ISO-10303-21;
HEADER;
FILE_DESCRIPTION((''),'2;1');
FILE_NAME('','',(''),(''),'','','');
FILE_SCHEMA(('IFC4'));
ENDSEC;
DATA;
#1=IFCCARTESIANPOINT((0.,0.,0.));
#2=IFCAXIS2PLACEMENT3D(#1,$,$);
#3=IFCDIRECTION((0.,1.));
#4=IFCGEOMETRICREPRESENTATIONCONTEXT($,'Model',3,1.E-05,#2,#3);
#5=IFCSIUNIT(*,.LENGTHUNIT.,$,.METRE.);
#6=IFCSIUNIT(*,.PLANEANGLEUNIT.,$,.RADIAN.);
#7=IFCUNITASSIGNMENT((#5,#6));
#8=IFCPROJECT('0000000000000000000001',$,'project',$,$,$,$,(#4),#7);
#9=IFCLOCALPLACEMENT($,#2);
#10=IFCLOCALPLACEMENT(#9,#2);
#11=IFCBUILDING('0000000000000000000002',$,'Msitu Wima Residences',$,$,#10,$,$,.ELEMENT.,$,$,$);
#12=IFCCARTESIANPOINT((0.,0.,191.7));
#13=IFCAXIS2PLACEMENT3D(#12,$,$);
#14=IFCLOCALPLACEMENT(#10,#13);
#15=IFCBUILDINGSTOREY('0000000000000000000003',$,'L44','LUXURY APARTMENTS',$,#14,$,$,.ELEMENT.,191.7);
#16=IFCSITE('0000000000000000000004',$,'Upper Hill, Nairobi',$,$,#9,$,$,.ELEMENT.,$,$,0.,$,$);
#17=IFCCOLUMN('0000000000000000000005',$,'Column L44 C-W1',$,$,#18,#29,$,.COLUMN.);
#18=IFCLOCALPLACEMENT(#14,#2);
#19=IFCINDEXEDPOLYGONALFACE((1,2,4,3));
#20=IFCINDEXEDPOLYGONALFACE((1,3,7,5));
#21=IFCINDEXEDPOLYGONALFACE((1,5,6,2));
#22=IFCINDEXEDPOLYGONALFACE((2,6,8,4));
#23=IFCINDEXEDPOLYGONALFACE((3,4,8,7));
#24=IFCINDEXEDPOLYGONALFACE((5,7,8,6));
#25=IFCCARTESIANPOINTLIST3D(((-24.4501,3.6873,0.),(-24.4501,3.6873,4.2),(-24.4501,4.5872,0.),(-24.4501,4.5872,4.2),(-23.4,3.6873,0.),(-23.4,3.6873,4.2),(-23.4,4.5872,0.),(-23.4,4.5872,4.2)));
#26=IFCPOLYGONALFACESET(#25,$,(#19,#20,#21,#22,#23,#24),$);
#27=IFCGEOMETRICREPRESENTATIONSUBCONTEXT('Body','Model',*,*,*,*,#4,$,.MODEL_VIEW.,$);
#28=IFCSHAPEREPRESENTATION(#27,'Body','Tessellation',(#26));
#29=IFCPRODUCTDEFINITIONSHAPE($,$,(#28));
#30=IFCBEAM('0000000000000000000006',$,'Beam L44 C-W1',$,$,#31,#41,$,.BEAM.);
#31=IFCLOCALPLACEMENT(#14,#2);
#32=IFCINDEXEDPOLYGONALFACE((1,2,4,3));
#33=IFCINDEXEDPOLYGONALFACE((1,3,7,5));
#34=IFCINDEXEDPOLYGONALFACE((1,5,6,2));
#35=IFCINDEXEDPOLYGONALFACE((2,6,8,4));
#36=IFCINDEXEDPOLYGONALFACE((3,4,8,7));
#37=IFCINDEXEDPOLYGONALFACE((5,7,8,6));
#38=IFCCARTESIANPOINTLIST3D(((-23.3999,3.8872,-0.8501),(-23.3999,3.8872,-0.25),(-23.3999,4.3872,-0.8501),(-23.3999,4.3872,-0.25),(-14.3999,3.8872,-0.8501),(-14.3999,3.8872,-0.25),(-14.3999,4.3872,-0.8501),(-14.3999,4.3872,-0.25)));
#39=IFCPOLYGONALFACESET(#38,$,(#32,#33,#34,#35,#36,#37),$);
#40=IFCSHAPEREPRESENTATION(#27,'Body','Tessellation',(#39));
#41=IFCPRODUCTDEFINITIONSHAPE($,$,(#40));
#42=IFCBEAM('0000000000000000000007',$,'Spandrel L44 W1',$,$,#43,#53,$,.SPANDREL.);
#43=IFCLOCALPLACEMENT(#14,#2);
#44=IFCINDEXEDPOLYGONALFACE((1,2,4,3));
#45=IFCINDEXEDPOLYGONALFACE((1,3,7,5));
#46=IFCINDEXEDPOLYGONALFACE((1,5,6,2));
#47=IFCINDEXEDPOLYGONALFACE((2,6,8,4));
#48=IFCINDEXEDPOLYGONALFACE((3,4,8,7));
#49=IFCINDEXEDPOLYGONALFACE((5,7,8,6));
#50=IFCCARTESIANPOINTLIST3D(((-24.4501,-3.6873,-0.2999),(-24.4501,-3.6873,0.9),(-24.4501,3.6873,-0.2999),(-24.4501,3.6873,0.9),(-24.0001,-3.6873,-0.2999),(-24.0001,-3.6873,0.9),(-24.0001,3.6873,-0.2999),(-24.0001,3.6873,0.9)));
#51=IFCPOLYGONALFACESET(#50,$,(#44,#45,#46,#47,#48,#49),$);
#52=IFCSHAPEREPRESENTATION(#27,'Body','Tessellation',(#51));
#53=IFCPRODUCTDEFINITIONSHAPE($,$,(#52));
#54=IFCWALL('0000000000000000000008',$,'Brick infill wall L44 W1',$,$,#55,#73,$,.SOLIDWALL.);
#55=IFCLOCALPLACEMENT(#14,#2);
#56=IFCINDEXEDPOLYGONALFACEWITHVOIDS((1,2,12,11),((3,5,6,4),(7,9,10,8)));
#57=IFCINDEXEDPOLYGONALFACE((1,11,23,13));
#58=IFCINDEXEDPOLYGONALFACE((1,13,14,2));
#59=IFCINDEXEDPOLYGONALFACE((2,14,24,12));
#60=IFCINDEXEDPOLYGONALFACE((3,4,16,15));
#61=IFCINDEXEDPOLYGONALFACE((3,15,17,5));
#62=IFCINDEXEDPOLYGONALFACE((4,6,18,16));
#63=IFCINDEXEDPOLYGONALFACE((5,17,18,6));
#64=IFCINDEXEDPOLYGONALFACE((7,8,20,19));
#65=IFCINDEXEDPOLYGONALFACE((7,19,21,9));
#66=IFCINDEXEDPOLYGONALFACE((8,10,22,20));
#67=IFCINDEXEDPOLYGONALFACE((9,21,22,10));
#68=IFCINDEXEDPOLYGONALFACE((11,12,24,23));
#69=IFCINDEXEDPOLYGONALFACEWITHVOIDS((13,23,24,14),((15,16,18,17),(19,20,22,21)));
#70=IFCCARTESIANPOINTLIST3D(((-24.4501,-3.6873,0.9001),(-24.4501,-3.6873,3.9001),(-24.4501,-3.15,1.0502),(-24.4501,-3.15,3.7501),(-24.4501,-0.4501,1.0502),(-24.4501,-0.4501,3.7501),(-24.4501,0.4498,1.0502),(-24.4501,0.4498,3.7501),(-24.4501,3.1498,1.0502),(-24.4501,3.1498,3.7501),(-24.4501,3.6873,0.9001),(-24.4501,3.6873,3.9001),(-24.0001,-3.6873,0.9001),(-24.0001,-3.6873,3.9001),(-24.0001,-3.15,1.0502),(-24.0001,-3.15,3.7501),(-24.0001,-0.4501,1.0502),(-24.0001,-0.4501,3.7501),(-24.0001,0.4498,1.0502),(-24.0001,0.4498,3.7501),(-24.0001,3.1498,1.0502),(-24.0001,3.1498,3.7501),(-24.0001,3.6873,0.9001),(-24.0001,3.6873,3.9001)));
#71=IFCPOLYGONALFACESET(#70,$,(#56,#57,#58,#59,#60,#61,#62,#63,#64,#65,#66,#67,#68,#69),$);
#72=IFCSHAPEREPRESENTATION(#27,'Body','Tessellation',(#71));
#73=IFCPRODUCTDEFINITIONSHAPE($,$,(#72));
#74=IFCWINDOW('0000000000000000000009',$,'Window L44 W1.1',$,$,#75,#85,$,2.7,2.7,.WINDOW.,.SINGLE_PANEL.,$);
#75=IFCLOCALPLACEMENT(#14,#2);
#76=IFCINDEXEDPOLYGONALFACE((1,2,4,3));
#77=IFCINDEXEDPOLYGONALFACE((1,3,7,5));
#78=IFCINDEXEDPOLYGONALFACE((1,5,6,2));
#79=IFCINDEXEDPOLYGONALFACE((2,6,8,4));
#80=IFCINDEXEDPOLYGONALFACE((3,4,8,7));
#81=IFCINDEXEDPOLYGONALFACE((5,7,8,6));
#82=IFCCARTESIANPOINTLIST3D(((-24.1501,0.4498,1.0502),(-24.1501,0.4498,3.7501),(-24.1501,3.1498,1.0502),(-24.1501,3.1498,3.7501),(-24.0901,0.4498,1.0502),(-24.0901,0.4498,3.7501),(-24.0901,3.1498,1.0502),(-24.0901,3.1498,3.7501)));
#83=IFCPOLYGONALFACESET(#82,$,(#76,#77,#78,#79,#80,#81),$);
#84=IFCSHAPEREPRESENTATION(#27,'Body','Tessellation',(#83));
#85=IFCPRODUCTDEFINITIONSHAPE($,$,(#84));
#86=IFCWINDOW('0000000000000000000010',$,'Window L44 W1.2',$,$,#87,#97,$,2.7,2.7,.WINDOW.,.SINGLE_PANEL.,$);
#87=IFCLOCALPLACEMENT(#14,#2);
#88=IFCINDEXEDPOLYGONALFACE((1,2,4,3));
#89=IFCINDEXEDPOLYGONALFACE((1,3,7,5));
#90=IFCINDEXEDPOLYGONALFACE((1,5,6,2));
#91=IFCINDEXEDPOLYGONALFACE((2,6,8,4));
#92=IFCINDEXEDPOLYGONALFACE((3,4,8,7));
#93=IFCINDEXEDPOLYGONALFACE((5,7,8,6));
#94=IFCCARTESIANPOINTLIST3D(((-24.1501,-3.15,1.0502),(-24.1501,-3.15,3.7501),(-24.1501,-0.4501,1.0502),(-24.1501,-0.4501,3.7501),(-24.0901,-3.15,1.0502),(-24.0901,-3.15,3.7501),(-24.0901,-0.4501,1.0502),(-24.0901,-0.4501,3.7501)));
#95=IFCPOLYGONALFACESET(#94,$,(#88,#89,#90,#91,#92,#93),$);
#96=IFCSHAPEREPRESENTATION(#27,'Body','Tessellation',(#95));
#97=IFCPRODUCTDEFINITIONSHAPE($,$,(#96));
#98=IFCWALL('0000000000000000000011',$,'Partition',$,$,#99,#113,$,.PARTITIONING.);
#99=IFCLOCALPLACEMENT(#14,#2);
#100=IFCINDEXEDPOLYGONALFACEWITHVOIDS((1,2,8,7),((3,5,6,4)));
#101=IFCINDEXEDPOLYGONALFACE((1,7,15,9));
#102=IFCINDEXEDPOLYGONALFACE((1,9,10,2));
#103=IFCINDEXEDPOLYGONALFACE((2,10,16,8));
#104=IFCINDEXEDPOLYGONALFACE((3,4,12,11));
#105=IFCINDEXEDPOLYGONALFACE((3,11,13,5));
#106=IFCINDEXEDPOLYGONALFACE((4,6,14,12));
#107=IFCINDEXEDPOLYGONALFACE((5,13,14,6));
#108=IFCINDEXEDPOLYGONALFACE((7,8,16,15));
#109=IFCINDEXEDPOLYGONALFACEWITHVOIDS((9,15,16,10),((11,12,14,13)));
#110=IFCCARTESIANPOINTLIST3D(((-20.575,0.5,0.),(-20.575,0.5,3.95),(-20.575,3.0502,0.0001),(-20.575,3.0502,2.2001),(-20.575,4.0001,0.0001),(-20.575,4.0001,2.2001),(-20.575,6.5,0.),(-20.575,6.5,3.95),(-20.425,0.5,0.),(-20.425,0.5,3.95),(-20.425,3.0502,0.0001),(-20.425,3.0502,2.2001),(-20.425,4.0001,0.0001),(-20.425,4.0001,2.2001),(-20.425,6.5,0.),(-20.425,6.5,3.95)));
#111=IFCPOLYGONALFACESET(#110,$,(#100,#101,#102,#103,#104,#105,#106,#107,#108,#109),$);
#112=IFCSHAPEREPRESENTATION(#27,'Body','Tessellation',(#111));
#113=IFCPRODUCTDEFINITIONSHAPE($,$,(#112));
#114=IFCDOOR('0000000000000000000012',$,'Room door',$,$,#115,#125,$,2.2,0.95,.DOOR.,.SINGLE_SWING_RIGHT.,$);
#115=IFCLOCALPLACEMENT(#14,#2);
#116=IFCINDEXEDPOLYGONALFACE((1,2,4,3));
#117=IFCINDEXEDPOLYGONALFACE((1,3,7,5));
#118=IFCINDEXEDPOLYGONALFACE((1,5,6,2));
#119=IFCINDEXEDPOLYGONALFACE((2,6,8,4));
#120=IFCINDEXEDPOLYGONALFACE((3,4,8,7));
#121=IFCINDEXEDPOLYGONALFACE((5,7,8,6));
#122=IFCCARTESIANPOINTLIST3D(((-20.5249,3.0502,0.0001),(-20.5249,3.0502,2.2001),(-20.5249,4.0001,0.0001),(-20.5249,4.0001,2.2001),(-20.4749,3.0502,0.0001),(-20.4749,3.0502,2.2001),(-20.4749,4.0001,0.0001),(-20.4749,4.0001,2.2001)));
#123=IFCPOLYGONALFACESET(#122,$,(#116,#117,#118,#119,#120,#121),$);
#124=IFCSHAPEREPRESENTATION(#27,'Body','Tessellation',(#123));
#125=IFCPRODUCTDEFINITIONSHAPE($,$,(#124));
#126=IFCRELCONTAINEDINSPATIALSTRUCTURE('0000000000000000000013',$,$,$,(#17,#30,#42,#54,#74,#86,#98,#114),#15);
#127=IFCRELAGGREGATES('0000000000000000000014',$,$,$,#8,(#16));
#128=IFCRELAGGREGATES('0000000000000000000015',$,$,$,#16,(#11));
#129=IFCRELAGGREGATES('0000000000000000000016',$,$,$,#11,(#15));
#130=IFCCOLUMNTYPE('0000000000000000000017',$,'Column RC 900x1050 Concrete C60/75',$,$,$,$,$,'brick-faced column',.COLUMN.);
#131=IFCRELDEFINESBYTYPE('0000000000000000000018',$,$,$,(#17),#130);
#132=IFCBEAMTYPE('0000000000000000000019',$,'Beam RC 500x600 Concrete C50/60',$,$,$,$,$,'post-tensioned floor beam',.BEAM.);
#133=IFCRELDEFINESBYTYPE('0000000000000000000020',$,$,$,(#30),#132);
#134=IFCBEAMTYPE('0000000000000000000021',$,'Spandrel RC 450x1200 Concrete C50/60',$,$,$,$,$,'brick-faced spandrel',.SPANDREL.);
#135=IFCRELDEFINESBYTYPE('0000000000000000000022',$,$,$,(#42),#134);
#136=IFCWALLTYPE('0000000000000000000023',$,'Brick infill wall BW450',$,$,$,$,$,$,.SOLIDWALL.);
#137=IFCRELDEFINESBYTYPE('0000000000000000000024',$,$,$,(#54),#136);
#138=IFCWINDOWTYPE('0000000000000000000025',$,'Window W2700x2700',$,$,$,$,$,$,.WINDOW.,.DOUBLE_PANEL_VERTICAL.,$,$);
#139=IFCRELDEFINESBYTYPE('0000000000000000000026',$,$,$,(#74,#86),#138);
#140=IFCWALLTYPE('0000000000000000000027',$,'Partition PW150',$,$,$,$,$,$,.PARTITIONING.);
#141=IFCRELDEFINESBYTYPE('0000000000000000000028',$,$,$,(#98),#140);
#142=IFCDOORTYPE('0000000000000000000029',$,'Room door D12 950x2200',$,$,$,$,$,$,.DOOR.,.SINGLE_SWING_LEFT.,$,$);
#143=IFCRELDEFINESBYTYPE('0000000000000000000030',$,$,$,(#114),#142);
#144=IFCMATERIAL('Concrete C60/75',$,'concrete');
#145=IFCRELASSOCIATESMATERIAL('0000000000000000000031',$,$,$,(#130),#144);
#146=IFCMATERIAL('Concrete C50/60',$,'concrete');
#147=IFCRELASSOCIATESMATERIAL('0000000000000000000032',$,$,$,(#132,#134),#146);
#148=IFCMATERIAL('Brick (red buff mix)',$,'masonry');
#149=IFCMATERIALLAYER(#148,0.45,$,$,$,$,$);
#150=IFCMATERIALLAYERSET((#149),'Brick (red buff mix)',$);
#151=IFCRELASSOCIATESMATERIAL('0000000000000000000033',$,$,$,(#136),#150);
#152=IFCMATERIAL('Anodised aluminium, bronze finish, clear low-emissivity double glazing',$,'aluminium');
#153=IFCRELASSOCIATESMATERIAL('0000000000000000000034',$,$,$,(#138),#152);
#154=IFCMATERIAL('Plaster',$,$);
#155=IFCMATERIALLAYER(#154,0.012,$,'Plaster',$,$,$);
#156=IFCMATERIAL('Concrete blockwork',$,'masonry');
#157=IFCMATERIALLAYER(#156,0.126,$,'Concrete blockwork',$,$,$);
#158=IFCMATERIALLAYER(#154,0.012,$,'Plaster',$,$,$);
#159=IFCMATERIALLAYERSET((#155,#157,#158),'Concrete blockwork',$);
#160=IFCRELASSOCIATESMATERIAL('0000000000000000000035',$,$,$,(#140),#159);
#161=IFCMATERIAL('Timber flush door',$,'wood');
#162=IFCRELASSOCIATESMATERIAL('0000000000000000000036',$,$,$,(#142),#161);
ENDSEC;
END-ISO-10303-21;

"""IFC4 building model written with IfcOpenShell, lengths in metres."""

from ifc_helpers import new_model, si_unit, direction, frame, frame_2d, origin, origin_2d, place, context, subcontext, project, spatial, rectangle, extrude, material, layer, layer_set, material_profile, profile_set, type_object, element, fill, save


model = new_model("IFC4")

# Units and contexts
model_context = context("Model", 3, precision=1e-05, world=origin(), true_north=direction((0.0, 1.0)))
body_context = subcontext(model_context, "Body", "Model", "MODEL_VIEW")
ifc_project = project(units=[si_unit("LENGTHUNIT", "METRE"), si_unit("PLANEANGLEUNIT", "RADIAN")], contexts=[model_context])

# Site, building, storey
site_placement = place(None, origin())
site = spatial("IfcSite", under=ifc_project, at=site_placement, Name="Upper Hill, Nairobi", CompositionType="ELEMENT", RefElevation=0.0)
building_placement = place(site_placement, origin())
building = spatial("IfcBuilding", under=site, at=building_placement, Name="Msitu Wima Residences", CompositionType="ELEMENT")
storey_placement = place(building_placement, frame((0.0, 0.0, 191.7)))
storey = spatial("IfcBuildingStorey", under=building, at=storey_placement, Name="L44", Description="LUXURY APARTMENTS", CompositionType="ELEMENT", Elevation=191.7)

# Column
ifc_material_1 = material(Name="Concrete C60/75", Category="concrete")
ifc_material_profile_1 = material_profile(ifc_material_1, rectangle(XDim=0.8999, YDim=1.05, at=origin_2d()), Name="RC 900x1050")
ifc_profile_set_1 = profile_set([ifc_material_profile_1], Name="Concrete C60/75")
column_type = type_object("IfcColumnType", Name="Column RC 900x1050 Concrete C60/75", ElementType="brick-faced column", PredefinedType="COLUMN", material=ifc_profile_set_1)
column_placement = place(storey_placement, frame((-23.925, 4.1372, 0.0), z_axis=(0.0, 0.0, 1.0), x_axis=(0.0, -1.0, 0.0)))
element("IfcColumn", 1, at=column_placement, inside=storey, type_object=column_type, Name="Column L44 C-W1", PredefinedType="COLUMN", context=body_context, shape_type="SweptSolid", body=[
    extrude(rectangle(XDim=0.8999, YDim=1.05, at=origin_2d()), origin(), (0.0, 0.0, 1.0), 4.2),
])

# Beams
ifc_material_2 = material(Name="Concrete C50/60", Category="concrete")
ifc_material_profile_2 = material_profile(ifc_material_2, rectangle(XDim=0.5, YDim=0.6001, at=origin_2d()), Name="RC 500x600")
ifc_profile_set_2 = profile_set([ifc_material_profile_2], Name="Concrete C50/60")
beam_type_1 = type_object("IfcBeamType", Name="Beam RC 500x600 Concrete C50/60", ElementType="post-tensioned floor beam", PredefinedType="BEAM", material=ifc_profile_set_2)
beam_1_placement = place(storey_placement, frame((-23.3999, 4.1372, -0.55), z_axis=(1.0, 0.0, 0.0), x_axis=(0.0, 1.0, 0.0)))
element("IfcBeam", 2, at=beam_1_placement, inside=storey, type_object=beam_type_1, Name="Beam L44 C-W1", PredefinedType="BEAM", context=body_context, shape_type="SweptSolid", body=[
    extrude(rectangle(XDim=0.5, YDim=0.6001, at=origin_2d()), origin(), (0.0, 0.0, 1.0), 9.0),
])
ifc_material_profile_3 = material_profile(ifc_material_2, rectangle(XDim=0.45, YDim=1.2, at=origin_2d()), Name="RC 450x1200")
ifc_profile_set_3 = profile_set([ifc_material_profile_3], Name="Concrete C50/60")
beam_type_2 = type_object("IfcBeamType", Name="Spandrel RC 450x1200 Concrete C50/60", ElementType="brick-faced spandrel", PredefinedType="SPANDREL", material=ifc_profile_set_3)
beam_2_placement = place(storey_placement, frame((-24.2251, 3.6873, 0.3), z_axis=(0.0, -1.0, 0.0), x_axis=(1.0, 0.0, 0.0)))
element("IfcBeam", 3, at=beam_2_placement, inside=storey, type_object=beam_type_2, Name="Spandrel L44 W1", PredefinedType="SPANDREL", context=body_context, shape_type="SweptSolid", body=[
    extrude(rectangle(XDim=0.45, YDim=1.2, at=origin_2d()), origin(), (0.0, 0.0, 1.0), 7.3745),
])

# Wall, openings, windows
ifc_material_3 = material(Name="Brick (red buff mix)", Category="masonry")
ifc_layer_1 = layer(ifc_material_3, 0.45)
ifc_layer_set_1 = layer_set([ifc_layer_1], Name="Brick (red buff mix)")
wall_type_1 = type_object("IfcWallType", Name="Brick infill wall BW450", PredefinedType="SOLIDWALL", material=ifc_layer_set_1)
wall_1_placement = place(storey_placement, frame((-24.2251, 3.6873, 0.9001), z_axis=(0.0, 0.0, 1.0), x_axis=(0.0, -1.0, 0.0)))
wall_1 = element("IfcWall", 4, at=wall_1_placement, inside=storey, type_object=wall_type_1, Name="Brick infill wall L44 W1", PredefinedType="SOLIDWALL", context=body_context, shape_type="SweptSolid", body=[
    extrude(rectangle(XDim=7.3745, YDim=0.45, at=frame_2d((3.6873, 0.0))), origin(), (0.0, 0.0, 1.0), 3.0),
])
opening_1_placement = place(wall_1_placement, frame((0.5374, 0.0, 0.1499)))
opening_1 = element("IfcOpeningElement", 5, at=opening_1_placement, cuts=wall_1, PredefinedType="OPENING", context=body_context, shape_type="SweptSolid", body=[
    extrude(rectangle(XDim=2.7, YDim=2.7, at=frame_2d((1.3501, 1.3501))), frame((0.0, 0.2349, 0.0), z_axis=(0.0, -1.0, 0.0), x_axis=(1.0, 0.0, 0.0)), (0.0, 0.0, 1.0), 0.47),
])
opening_2_placement = place(wall_1_placement, frame((4.1372, 0.0, 0.1499)))
opening_2 = element("IfcOpeningElement", 6, at=opening_2_placement, cuts=wall_1, PredefinedType="OPENING", context=body_context, shape_type="SweptSolid", body=[
    extrude(rectangle(XDim=2.7, YDim=2.7, at=frame_2d((1.3501, 1.3501))), frame((0.0, 0.2349, 0.0), z_axis=(0.0, -1.0, 0.0), x_axis=(1.0, 0.0, 0.0)), (0.0, 0.0, 1.0), 0.47),
])
ifc_material_4 = material(Name="Anodised aluminium, bronze finish, clear low-emissivity double glazing", Category="aluminium")
window_type = type_object("IfcWindowType", Name="Window W2700x2700", PartitioningType="DOUBLE_PANEL_VERTICAL", PredefinedType="WINDOW", material=ifc_material_4)
window_1_placement = place(opening_1_placement, origin())
window_1 = element("IfcWindow", 7, at=window_1_placement, inside=storey, type_object=window_type, Name="Window L44 W1.1", OverallHeight=2.7, OverallWidth=2.7, PartitioningType="SINGLE_PANEL", PredefinedType="WINDOW", context=body_context, shape_type="SweptSolid", body=[
    extrude(rectangle(XDim=2.7, YDim=2.7, at=frame_2d((1.3501, 1.3501))), frame((0.0, 0.135, 0.0), z_axis=(0.0, -1.0, 0.0), x_axis=(1.0, 0.0, 0.0)), (0.0, 0.0, 1.0), 0.0601),
])
fill(opening_1, window_1)
window_2_placement = place(opening_2_placement, origin())
window_2 = element("IfcWindow", 8, at=window_2_placement, inside=storey, type_object=window_type, Name="Window L44 W1.2", OverallHeight=2.7, OverallWidth=2.7, PartitioningType="SINGLE_PANEL", PredefinedType="WINDOW", context=body_context, shape_type="SweptSolid", body=[
    extrude(rectangle(XDim=2.7, YDim=2.7, at=frame_2d((1.3501, 1.3501))), frame((0.0, 0.135, 0.0), z_axis=(0.0, -1.0, 0.0), x_axis=(1.0, 0.0, 0.0)), (0.0, 0.0, 1.0), 0.0601),
])
fill(opening_2, window_2)

# Wall, opening, door
ifc_material_5 = material(Name="Plaster")
ifc_layer_2 = layer(ifc_material_5, 0.012, Name="Plaster")
ifc_material_6 = material(Name="Concrete blockwork", Category="masonry")
ifc_layer_3 = layer(ifc_material_6, 0.126, Name="Concrete blockwork")
ifc_layer_4 = layer(ifc_material_5, 0.012, Name="Plaster")
ifc_layer_set_2 = layer_set([ifc_layer_2, ifc_layer_3, ifc_layer_4], Name="Concrete blockwork")
wall_type_2 = type_object("IfcWallType", Name="Partition PW150", PredefinedType="PARTITIONING", material=ifc_layer_set_2)
wall_2_placement = place(storey_placement, frame((-20.5, 0.5, 0.0), z_axis=(0.0, 0.0, 1.0), x_axis=(0.0, 1.0, 0.0)))
wall_2 = element("IfcWall", 9, at=wall_2_placement, inside=storey, type_object=wall_type_2, Name="Partition", PredefinedType="PARTITIONING", context=body_context, shape_type="SweptSolid", body=[
    extrude(rectangle(XDim=6.0, YDim=0.1499, at=frame_2d((3.0, 0.0))), origin(), (0.0, 0.0, 1.0), 3.95),
])
opening_3_placement = place(wall_2_placement, frame((2.55, 0.0, 0.0)))
opening_3 = element("IfcOpeningElement", 10, at=opening_3_placement, cuts=wall_2, PredefinedType="OPENING", context=body_context, shape_type="SweptSolid", body=[
    extrude(rectangle(XDim=0.95, YDim=2.2, at=frame_2d((0.4751, 1.1001))), frame((0.0, 0.085, 0.0), z_axis=(0.0, -1.0, 0.0), x_axis=(1.0, 0.0, 0.0)), (0.0, 0.0, 1.0), 0.1699),
])
ifc_material_7 = material(Name="Timber flush door", Category="wood")
door_type_1 = type_object("IfcDoorType", Name="Room door D12 950x2200", OperationType="SINGLE_SWING_LEFT", PredefinedType="DOOR", material=ifc_material_7)
door_1_placement = place(opening_3_placement, origin())
door_1 = element("IfcDoor", 11, at=door_1_placement, inside=storey, type_object=door_type_1, Name="Room door", OperationType="SINGLE_SWING_RIGHT", OverallHeight=2.2, OverallWidth=0.95, PredefinedType="DOOR", context=body_context, shape_type="SweptSolid", body=[
    extrude(rectangle(XDim=0.95, YDim=2.2, at=frame_2d((0.4751, 1.1001))), frame((0.0, 0.0249, 0.0), z_axis=(0.0, -1.0, 0.0), x_axis=(1.0, 0.0, 0.0)), (0.0, 0.0, 1.0), 0.05),
])
fill(opening_3, door_1)

save(model, "model.ifc")
